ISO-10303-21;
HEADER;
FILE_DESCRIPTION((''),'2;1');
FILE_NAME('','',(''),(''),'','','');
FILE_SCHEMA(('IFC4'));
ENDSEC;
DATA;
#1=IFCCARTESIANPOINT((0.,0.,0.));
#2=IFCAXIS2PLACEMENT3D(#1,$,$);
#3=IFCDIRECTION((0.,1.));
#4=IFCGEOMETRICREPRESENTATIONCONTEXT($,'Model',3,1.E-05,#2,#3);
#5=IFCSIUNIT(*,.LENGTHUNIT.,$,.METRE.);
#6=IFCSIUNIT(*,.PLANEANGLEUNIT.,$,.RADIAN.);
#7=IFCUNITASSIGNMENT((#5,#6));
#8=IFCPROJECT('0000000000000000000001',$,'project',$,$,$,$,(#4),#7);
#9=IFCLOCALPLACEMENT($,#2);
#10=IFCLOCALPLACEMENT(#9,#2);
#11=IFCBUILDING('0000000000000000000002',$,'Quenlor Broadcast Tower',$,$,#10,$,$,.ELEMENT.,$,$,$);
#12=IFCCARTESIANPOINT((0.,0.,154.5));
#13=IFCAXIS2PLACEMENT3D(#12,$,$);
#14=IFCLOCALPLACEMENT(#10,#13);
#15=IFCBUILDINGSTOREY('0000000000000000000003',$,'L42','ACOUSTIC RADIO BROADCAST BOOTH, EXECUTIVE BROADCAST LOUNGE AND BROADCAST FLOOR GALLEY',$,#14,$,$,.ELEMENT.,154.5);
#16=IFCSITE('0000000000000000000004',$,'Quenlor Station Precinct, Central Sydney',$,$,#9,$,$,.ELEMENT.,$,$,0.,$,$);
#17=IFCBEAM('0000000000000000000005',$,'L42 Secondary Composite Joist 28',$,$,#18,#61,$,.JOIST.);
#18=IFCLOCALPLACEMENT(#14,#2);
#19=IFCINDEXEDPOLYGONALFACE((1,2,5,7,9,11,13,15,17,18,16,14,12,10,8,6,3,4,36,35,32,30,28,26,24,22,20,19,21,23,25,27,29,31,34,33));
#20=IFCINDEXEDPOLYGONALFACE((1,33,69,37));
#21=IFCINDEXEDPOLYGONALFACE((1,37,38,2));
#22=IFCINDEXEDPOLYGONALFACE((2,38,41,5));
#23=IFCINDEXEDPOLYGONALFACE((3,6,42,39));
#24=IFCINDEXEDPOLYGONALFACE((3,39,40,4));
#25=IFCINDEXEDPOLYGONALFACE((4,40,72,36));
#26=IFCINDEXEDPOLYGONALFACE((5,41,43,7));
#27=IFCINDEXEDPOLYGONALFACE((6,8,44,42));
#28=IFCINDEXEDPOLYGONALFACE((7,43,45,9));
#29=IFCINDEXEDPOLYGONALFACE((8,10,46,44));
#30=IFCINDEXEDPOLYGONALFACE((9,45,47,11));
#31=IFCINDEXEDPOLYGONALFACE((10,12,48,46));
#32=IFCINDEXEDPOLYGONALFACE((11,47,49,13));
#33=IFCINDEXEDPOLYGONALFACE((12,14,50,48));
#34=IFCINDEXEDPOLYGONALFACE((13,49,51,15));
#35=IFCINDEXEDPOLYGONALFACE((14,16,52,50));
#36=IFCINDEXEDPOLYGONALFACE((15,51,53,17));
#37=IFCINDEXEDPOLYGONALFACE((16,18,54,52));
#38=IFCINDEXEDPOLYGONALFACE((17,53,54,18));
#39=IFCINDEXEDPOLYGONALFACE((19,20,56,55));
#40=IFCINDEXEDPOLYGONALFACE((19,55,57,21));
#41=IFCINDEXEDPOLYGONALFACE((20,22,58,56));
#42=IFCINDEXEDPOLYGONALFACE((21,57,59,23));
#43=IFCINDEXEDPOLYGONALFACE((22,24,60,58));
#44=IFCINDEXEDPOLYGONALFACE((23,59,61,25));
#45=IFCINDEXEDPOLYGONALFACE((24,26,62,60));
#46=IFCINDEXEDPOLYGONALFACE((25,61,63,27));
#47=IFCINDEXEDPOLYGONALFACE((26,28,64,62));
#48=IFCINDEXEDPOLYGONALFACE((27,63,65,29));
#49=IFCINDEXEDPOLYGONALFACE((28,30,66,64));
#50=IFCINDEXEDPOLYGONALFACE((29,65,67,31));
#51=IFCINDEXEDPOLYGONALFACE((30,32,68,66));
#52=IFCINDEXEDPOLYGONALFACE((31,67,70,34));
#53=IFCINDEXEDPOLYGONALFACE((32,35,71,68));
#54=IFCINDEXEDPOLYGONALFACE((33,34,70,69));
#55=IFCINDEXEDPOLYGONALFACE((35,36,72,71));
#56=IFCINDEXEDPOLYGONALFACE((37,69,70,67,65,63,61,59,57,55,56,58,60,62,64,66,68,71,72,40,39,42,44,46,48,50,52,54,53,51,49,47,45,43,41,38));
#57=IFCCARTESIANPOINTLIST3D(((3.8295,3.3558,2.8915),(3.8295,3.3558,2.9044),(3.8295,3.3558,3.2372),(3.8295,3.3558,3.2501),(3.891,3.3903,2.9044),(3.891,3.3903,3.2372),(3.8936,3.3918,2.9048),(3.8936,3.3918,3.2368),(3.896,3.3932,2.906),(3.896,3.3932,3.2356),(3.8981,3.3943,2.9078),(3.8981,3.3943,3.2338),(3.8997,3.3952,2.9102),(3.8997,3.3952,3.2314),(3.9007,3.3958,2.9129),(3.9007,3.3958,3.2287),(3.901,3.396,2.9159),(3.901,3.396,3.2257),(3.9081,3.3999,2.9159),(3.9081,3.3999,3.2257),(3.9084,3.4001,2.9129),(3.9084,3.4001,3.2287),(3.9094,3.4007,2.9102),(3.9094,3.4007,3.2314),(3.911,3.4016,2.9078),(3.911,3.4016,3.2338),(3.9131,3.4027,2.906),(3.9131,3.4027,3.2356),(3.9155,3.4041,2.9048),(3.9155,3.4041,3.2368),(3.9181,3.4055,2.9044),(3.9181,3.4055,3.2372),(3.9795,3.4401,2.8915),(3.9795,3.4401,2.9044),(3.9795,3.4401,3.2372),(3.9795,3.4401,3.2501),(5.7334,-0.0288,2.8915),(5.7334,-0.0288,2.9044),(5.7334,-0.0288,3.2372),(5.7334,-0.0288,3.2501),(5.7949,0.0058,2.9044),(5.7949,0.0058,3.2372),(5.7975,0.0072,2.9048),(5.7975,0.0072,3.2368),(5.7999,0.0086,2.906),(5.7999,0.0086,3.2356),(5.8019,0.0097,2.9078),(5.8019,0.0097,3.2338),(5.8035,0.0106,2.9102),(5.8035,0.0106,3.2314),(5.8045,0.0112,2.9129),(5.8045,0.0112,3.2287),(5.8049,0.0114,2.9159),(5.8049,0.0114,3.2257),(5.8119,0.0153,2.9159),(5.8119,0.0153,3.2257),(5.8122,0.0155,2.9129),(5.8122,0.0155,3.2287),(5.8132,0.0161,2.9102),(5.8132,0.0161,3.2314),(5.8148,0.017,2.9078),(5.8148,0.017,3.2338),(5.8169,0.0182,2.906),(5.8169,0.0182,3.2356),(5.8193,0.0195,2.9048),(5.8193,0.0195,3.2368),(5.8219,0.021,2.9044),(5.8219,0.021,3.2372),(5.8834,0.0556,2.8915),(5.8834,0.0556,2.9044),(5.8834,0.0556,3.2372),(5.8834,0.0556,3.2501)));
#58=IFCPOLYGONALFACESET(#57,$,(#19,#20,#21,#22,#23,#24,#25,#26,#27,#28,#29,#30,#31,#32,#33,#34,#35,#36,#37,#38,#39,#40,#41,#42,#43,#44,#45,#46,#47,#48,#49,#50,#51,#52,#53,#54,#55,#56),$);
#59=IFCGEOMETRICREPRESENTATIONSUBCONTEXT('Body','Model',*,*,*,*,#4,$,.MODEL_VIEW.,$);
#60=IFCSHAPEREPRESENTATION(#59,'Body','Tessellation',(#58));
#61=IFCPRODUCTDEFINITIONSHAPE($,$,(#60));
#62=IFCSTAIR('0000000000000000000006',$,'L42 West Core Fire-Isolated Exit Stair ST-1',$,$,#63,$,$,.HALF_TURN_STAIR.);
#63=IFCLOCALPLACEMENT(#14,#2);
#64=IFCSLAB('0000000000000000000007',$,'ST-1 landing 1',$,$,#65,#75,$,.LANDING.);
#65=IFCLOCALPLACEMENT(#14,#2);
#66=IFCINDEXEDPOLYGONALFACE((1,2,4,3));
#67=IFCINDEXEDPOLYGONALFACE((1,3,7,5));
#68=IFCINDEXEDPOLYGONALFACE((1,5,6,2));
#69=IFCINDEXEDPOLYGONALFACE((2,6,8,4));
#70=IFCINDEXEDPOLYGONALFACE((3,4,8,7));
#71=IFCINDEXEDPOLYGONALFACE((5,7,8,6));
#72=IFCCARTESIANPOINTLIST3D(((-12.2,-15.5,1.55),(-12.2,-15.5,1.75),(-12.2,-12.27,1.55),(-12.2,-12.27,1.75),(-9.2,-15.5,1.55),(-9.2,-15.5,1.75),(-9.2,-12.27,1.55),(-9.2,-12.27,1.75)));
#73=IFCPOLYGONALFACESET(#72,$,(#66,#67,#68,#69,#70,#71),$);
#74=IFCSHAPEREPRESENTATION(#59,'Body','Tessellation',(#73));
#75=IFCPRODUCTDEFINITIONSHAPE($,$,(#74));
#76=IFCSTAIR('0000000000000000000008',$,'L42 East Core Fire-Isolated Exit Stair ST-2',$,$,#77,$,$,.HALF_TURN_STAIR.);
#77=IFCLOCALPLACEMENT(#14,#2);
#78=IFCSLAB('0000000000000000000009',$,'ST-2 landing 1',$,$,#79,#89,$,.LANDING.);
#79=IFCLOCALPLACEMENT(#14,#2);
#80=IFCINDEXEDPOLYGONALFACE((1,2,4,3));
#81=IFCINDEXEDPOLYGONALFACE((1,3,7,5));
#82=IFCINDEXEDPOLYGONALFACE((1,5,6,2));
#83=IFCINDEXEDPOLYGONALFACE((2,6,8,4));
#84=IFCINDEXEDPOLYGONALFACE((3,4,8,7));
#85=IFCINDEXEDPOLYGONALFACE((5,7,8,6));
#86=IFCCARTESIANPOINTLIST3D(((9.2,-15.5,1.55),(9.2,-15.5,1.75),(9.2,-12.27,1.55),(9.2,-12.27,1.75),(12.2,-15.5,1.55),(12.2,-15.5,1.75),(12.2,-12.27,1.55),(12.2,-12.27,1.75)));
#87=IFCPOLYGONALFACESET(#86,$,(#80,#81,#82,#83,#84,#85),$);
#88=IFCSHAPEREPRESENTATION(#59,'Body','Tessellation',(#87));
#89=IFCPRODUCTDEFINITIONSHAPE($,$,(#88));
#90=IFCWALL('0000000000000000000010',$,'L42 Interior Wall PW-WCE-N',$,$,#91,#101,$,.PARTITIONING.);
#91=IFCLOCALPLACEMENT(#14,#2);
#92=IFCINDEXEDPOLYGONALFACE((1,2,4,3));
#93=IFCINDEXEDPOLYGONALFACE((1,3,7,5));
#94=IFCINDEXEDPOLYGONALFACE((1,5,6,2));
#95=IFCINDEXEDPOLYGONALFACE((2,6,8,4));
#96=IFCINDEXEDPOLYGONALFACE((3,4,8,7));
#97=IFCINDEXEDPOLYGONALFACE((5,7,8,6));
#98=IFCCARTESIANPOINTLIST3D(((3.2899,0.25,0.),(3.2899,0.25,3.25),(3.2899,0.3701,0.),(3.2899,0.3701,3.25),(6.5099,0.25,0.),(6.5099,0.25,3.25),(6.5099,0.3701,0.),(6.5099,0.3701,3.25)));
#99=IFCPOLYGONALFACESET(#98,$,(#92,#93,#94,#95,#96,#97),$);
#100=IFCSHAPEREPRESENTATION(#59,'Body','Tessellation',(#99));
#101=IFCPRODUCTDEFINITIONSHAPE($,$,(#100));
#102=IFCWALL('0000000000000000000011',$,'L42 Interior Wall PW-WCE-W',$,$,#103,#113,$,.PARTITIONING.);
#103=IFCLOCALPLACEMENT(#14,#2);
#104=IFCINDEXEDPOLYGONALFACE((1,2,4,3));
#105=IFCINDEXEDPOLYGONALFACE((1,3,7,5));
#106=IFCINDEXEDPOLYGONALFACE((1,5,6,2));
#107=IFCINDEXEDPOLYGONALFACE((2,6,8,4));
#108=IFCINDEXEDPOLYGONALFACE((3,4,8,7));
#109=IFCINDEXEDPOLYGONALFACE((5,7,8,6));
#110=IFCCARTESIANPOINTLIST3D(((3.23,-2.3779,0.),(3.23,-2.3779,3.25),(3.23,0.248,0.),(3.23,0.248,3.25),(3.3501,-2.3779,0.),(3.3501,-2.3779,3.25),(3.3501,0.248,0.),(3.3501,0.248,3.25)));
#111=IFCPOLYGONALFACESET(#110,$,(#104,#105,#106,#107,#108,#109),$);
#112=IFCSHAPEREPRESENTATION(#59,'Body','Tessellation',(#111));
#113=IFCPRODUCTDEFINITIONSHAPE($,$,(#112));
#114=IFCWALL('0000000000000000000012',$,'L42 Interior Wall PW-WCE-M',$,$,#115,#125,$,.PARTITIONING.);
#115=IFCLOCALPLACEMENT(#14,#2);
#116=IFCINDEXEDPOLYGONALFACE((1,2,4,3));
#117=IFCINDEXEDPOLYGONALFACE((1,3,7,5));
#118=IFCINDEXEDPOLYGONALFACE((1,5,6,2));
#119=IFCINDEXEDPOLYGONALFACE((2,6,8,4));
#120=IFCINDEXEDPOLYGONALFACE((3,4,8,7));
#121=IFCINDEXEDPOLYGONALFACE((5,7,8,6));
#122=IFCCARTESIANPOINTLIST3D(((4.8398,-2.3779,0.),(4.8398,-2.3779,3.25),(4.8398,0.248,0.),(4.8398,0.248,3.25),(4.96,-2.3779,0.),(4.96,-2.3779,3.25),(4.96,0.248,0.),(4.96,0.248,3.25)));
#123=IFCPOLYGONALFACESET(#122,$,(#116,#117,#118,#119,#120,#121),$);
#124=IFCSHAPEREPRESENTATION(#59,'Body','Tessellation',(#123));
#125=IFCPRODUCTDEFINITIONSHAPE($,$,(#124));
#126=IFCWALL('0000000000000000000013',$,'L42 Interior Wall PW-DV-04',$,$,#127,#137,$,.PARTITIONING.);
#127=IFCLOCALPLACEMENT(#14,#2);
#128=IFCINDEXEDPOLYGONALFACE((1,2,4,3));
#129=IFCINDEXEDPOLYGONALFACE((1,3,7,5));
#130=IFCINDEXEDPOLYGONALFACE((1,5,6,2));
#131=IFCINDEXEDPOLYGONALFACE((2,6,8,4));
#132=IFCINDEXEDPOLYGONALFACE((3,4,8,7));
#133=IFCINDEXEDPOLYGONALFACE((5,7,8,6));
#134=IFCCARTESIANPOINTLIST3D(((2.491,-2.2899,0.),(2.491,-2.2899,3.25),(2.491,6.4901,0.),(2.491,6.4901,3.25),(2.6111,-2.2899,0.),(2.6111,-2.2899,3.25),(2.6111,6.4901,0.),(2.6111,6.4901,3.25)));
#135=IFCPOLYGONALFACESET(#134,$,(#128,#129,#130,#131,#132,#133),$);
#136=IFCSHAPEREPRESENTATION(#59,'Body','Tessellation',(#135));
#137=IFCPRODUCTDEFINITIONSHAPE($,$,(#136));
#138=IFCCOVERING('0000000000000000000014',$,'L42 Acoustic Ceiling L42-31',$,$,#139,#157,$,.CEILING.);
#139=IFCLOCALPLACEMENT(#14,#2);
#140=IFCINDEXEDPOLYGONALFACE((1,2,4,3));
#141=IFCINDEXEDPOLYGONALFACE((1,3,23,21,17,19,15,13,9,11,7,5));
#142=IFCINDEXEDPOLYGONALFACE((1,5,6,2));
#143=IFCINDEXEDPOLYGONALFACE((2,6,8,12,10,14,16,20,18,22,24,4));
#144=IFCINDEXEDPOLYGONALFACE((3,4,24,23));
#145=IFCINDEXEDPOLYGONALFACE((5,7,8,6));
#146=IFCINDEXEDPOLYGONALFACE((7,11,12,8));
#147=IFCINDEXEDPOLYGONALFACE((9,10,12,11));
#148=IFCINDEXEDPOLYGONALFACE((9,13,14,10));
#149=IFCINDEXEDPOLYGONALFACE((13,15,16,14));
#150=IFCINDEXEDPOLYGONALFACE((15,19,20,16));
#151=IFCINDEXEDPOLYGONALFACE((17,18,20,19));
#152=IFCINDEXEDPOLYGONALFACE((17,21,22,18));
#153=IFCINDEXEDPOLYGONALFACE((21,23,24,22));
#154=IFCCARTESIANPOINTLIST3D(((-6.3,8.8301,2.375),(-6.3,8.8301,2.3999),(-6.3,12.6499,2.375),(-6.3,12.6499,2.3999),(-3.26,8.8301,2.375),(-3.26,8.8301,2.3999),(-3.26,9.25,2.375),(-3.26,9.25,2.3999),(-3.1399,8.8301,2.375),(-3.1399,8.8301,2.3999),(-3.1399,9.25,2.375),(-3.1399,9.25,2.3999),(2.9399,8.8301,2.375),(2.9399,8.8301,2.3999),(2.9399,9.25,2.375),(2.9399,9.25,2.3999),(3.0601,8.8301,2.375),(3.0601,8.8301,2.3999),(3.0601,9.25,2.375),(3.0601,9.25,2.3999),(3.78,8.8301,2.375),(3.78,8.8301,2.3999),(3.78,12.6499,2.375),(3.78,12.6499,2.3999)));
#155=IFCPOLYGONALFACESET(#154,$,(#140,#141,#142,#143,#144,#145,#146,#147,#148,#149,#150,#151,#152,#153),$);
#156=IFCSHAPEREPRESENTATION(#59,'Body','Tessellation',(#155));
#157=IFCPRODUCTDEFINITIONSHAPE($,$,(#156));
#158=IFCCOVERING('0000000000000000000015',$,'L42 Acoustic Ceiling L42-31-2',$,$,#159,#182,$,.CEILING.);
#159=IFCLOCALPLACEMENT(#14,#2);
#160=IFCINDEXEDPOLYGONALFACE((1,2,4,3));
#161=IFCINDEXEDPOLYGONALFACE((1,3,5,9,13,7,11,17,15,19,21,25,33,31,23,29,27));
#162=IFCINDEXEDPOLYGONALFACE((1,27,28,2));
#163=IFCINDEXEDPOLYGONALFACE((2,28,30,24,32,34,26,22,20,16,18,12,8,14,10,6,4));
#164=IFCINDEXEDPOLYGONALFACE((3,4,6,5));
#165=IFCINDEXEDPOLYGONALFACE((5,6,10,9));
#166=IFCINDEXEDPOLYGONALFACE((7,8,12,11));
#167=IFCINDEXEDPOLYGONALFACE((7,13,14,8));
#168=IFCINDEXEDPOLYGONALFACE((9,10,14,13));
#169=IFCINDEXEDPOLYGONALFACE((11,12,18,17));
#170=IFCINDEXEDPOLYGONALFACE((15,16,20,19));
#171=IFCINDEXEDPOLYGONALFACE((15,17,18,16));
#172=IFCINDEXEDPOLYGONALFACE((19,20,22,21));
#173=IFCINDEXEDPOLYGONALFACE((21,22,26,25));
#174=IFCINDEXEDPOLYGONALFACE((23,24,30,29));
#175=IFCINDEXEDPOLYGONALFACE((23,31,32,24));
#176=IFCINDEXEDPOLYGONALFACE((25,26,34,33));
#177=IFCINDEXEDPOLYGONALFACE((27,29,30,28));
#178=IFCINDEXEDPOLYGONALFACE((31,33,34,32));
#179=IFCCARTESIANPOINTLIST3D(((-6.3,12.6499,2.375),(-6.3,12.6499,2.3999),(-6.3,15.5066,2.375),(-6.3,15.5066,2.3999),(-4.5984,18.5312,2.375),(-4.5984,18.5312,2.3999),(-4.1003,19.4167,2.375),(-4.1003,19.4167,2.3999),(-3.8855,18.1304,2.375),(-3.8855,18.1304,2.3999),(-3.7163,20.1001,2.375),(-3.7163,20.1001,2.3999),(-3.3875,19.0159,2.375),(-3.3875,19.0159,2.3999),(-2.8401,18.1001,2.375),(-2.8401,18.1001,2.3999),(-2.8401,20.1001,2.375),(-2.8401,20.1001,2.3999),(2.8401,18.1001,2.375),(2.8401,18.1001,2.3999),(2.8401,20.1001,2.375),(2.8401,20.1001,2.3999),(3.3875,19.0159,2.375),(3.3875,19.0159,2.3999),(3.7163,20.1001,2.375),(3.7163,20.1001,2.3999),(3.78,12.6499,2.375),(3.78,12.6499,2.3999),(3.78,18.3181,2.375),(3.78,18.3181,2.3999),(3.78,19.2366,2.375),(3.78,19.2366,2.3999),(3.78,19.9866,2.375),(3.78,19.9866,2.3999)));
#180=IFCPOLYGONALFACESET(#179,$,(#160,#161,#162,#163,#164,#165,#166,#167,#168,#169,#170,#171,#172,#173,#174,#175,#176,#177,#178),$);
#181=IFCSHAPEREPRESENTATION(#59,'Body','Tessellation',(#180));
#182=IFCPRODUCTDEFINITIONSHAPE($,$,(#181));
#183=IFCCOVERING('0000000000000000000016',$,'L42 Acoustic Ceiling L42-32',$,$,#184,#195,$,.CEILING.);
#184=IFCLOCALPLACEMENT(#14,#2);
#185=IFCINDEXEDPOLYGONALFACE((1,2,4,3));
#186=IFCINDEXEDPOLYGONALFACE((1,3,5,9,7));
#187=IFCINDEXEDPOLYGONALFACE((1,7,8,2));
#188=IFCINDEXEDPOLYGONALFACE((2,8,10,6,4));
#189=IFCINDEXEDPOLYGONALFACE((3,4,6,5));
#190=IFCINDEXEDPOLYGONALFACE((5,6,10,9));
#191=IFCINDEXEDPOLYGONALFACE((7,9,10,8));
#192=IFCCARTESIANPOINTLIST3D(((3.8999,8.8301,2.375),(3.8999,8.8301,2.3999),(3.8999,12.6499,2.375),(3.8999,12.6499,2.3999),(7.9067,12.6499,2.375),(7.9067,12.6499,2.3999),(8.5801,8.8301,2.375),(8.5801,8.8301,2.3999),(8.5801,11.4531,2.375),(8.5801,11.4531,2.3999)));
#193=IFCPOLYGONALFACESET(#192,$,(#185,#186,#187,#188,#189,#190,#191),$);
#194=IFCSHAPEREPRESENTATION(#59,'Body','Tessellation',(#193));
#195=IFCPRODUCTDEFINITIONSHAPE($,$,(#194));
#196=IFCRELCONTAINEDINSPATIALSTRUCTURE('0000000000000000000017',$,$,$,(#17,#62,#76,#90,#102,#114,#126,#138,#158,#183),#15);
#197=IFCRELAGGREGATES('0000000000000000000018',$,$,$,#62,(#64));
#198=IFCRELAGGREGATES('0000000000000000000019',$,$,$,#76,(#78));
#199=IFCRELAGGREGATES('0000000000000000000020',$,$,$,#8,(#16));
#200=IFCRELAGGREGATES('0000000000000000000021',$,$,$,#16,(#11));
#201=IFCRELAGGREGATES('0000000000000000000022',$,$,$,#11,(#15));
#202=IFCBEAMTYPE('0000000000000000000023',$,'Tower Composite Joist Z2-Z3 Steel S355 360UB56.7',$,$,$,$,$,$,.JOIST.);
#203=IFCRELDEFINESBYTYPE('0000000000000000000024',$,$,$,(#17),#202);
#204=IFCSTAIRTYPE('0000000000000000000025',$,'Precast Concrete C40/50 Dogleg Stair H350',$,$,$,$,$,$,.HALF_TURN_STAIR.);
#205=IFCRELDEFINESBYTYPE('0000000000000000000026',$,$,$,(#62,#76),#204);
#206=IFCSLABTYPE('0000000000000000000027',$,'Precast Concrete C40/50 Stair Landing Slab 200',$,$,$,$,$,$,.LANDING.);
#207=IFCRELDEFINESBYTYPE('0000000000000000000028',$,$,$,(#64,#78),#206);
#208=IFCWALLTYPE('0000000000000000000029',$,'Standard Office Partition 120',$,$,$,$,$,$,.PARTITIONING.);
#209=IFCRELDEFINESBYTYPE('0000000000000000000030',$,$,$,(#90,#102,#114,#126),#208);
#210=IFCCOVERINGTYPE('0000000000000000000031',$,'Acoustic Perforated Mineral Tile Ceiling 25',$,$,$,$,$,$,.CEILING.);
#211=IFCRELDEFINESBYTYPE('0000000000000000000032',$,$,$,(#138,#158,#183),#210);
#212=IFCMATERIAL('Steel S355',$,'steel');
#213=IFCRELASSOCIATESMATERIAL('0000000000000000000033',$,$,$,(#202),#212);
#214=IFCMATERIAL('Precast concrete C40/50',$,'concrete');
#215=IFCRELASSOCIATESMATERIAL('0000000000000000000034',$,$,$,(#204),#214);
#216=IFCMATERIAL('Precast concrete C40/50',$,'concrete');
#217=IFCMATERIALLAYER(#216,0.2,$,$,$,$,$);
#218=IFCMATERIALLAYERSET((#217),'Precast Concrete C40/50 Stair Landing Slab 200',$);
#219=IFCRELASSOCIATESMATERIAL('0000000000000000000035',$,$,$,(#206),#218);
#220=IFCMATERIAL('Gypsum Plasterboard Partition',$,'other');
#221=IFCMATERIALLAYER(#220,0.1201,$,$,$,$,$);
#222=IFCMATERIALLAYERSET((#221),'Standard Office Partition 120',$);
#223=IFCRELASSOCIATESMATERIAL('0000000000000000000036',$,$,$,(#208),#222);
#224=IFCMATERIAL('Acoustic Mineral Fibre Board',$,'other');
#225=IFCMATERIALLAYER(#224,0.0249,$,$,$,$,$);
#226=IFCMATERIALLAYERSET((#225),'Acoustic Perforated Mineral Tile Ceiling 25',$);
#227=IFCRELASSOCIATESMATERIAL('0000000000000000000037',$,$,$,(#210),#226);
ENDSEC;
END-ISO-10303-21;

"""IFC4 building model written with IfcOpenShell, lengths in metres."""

from ifc_helpers import new_model, si_unit, direction, frame, frame_2d, origin, origin_2d, place, context, subcontext, project, spatial, polyline, rectangle, i_section, outline, extrude, material, layer, layer_set, material_profile, profile_set, type_object, element, aggregate, save


model = new_model("IFC4")

# Units and contexts
model_context = context("Model", 3, precision=1e-05, world=origin(), true_north=direction((0.0, 1.0)))
body_context = subcontext(model_context, "Body", "Model", "MODEL_VIEW")
ifc_project = project(units=[si_unit("LENGTHUNIT", "METRE"), si_unit("PLANEANGLEUNIT", "RADIAN")], contexts=[model_context])

# Site, building, storey
site_placement = place(None, origin())
site = spatial("IfcSite", under=ifc_project, at=site_placement, Name="Quenlor Station Precinct, Central Sydney", CompositionType="ELEMENT", RefElevation=0.0)
building_placement = place(site_placement, origin())
building = spatial("IfcBuilding", under=site, at=building_placement, Name="Quenlor Broadcast Tower", CompositionType="ELEMENT")
storey_placement = place(building_placement, frame((0.0, 0.0, 154.5)))
storey = spatial("IfcBuildingStorey", under=building, at=storey_placement, Name="L42", Description="ACOUSTIC RADIO BROADCAST BOOTH, EXECUTIVE BROADCAST LOUNGE AND BROADCAST FLOOR GALLEY", CompositionType="ELEMENT", Elevation=154.5)

# Beam
ifc_material_1 = material(Name="Steel S355", Category="steel")
ifc_material_profile = material_profile(ifc_material_1, i_section(OverallWidth=0.1721, OverallDepth=0.3586, WebThickness=0.0081, FlangeThickness=0.0129, FilletRadius=0.0115, at=origin_2d()))
ifc_profile_set = profile_set([ifc_material_profile], Name="Steel S355 360UB56.7")
beam_type = type_object("IfcBeamType", Name="Tower Composite Joist Z2-Z3 Steel S355 360UB56.7", PredefinedType="JOIST", material=ifc_profile_set)
beam_placement = place(storey_placement, frame((3.9045, 3.3979, 3.0708), z_axis=(0.490264, -0.871574, 0.0), x_axis=(0.871574, 0.490264, 0.0)))
element("IfcBeam", 1, at=beam_placement, inside=storey, type_object=beam_type, Name="L42 Secondary Composite Joist 28", PredefinedType="JOIST", context=body_context, shape_type="SweptSolid", body=[
    extrude(i_section(OverallWidth=0.1721, OverallDepth=0.3586, WebThickness=0.0081, FlangeThickness=0.0129, FilletRadius=0.0115, at=origin_2d()), origin(), (0.0, 0.0, 1.0), 3.8833),
])

# Stairs, slabs
ifc_material_2 = material(Name="Precast concrete C40/50", Category="concrete")
stair_type = type_object("IfcStairType", Name="Precast Concrete C40/50 Dogleg Stair H350", PredefinedType="HALF_TURN_STAIR", material=ifc_material_2)
stair_1_placement = place(storey_placement, origin())
stair_1 = element("IfcStair", 2, at=stair_1_placement, inside=storey, type_object=stair_type, Name="L42 West Core Fire-Isolated Exit Stair ST-1", PredefinedType="HALF_TURN_STAIR")
ifc_material_3 = material(Name="Precast concrete C40/50", Category="concrete")
ifc_layer_1 = layer(ifc_material_3, 0.2)
ifc_layer_set_1 = layer_set([ifc_layer_1], Name="Precast Concrete C40/50 Stair Landing Slab 200")
slab_type = type_object("IfcSlabType", Name="Precast Concrete C40/50 Stair Landing Slab 200", PredefinedType="LANDING", material=ifc_layer_set_1)
slab_1_placement = place(storey_placement, frame((0.0, 0.0, 1.55)))
slab_1 = element("IfcSlab", 3, at=slab_1_placement, type_object=slab_type, Name="ST-1 landing 1", PredefinedType="LANDING", context=body_context, shape_type="SweptSolid", body=[
    extrude(outline(polyline([(-12.2, -12.27), (-12.2, -15.5), (-9.2, -15.5), (-9.2, -12.27), (-12.2, -12.27)])), origin(), (0.0, 0.0, 1.0), 0.2),
])
aggregate(stair_1, [slab_1])
stair_2_placement = place(storey_placement, origin())
stair_2 = element("IfcStair", 4, at=stair_2_placement, inside=storey, type_object=stair_type, Name="L42 East Core Fire-Isolated Exit Stair ST-2", PredefinedType="HALF_TURN_STAIR")
slab_2_placement = place(storey_placement, frame((0.0, 0.0, 1.55)))
slab_2 = element("IfcSlab", 5, at=slab_2_placement, type_object=slab_type, Name="ST-2 landing 1", PredefinedType="LANDING", context=body_context, shape_type="SweptSolid", body=[
    extrude(outline(polyline([(9.2, -12.27), (9.2, -15.5), (12.2, -15.5), (12.2, -12.27), (9.2, -12.27)])), origin(), (0.0, 0.0, 1.0), 0.2),
])
aggregate(stair_2, [slab_2])

# Shared definitions
ifc_material_4 = material(Name="Gypsum Plasterboard Partition", Category="other")
ifc_layer_2 = layer(ifc_material_4, 0.1201)
ifc_layer_set_2 = layer_set([ifc_layer_2], Name="Standard Office Partition 120")
wall_type = type_object("IfcWallType", Name="Standard Office Partition 120", PredefinedType="PARTITIONING", material=ifc_layer_set_2)

# Walls
wall_1_placement = place(storey_placement, frame((3.29, 0.3101, 0.0), z_axis=(0.0, 0.0, 1.0), x_axis=(1.0, 0.0, 0.0)))
element("IfcWall", 6, at=wall_1_placement, inside=storey, type_object=wall_type, Name="L42 Interior Wall PW-WCE-N", PredefinedType="PARTITIONING", context=body_context, shape_type="SweptSolid", body=[
    extrude(rectangle(XDim=3.22, YDim=0.1201, at=frame_2d((1.6099, 0.0))), origin(), (0.0, 0.0, 1.0), 3.25),
])
for number, where, z_axis, x_axis, name in (
    (7, (3.29, -2.3779, 0.0), (0.0, 0.0, 1.0), (0.0, 1.0, 0.0), "L42 Interior Wall PW-WCE-W"),
    (8, (4.8999, -2.3779, 0.0), (0.0, 0.0, 1.0), (0.0, 1.0, 0.0), "L42 Interior Wall PW-WCE-M"),
):
    element("IfcWall", number, at=place(storey_placement, frame(where, z_axis=z_axis, x_axis=x_axis)), inside=storey, type_object=wall_type, Name=name, PredefinedType="PARTITIONING", context=body_context, shape_type="SweptSolid", body=[
        extrude(rectangle(XDim=2.626, YDim=0.1201, at=frame_2d((1.313, 0.0))), origin(), (0.0, 0.0, 1.0), 3.25),
    ])
wall_2_placement = place(storey_placement, frame((2.551, -2.29, 0.0), z_axis=(0.0, 0.0, 1.0), x_axis=(0.0, 1.0, 0.0)))
element("IfcWall", 9, at=wall_2_placement, inside=storey, type_object=wall_type, Name="L42 Interior Wall PW-DV-04", PredefinedType="PARTITIONING", context=body_context, shape_type="SweptSolid", body=[
    extrude(rectangle(XDim=8.78, YDim=0.1201, at=frame_2d((4.3901, 0.0))), origin(), (0.0, 0.0, 1.0), 3.25),
])

# Coverings
ifc_material_5 = material(Name="Acoustic Mineral Fibre Board", Category="other")
ifc_layer_3 = layer(ifc_material_5, 0.0249)
ifc_layer_set_3 = layer_set([ifc_layer_3], Name="Acoustic Perforated Mineral Tile Ceiling 25")
covering_type_1 = type_object("IfcCoveringType", Name="Acoustic Perforated Mineral Tile Ceiling 25", PredefinedType="CEILING", material=ifc_layer_set_3)
covering_1_placement = place(storey_placement, frame((0.0, 0.0, 2.375)))
element("IfcCovering", 10, at=covering_1_placement, inside=storey, type_object=covering_type_1, Name="L42 Acoustic Ceiling L42-31", PredefinedType="CEILING", context=body_context, shape_type="SweptSolid", body=[
    extrude(outline(polyline([(3.78, 8.8301), (3.0601, 8.8301), (3.0601, 9.25), (2.9399, 9.25), (2.9399, 8.8301), (-3.1399, 8.8301), (-3.1399, 9.25), (-3.26, 9.25), (-3.26, 8.8301), (-6.3, 8.8301), (-6.3, 12.6499), (3.78, 12.6499), (3.78, 8.8301)])), origin(), (0.0, 0.0, 1.0), 0.0249),
])
covering_2_placement = place(storey_placement, frame((0.0, 0.0, 2.375)))
element("IfcCovering", 11, at=covering_2_placement, inside=storey, type_object=covering_type_1, Name="L42 Acoustic Ceiling L42-31-2", PredefinedType="CEILING", context=body_context, shape_type="SweptSolid", body=[
    extrude(outline(polyline([(2.8401, 18.1001), (2.8401, 20.1001), (3.7163, 20.1001), (3.78, 19.9866), (3.78, 19.2366), (3.3875, 19.0159), (3.78, 18.3181), (3.78, 12.6499), (-6.3, 12.6499), (-6.3, 15.5066), (-4.5984, 18.5312), (-3.8855, 18.1304), (-3.3875, 19.0159), (-4.1003, 19.4167), (-3.7163, 20.1001), (-2.8401, 20.1001), (-2.8401, 18.1001), (2.8401, 18.1001)])), origin(), (0.0, 0.0, 1.0), 0.0249),
])
covering_3_placement = place(storey_placement, frame((0.0, 0.0, 2.375)))
element("IfcCovering", 12, at=covering_3_placement, inside=storey, type_object=covering_type_1, Name="L42 Acoustic Ceiling L42-32", PredefinedType="CEILING", context=body_context, shape_type="SweptSolid", body=[
    extrude(outline(polyline([(3.8999, 12.6499), (7.9067, 12.6499), (8.5801, 11.4531), (8.5801, 8.8301), (3.8999, 8.8301), (3.8999, 12.6499)])), origin(), (0.0, 0.0, 1.0), 0.0249),
])

save(model, "model.ifc")
